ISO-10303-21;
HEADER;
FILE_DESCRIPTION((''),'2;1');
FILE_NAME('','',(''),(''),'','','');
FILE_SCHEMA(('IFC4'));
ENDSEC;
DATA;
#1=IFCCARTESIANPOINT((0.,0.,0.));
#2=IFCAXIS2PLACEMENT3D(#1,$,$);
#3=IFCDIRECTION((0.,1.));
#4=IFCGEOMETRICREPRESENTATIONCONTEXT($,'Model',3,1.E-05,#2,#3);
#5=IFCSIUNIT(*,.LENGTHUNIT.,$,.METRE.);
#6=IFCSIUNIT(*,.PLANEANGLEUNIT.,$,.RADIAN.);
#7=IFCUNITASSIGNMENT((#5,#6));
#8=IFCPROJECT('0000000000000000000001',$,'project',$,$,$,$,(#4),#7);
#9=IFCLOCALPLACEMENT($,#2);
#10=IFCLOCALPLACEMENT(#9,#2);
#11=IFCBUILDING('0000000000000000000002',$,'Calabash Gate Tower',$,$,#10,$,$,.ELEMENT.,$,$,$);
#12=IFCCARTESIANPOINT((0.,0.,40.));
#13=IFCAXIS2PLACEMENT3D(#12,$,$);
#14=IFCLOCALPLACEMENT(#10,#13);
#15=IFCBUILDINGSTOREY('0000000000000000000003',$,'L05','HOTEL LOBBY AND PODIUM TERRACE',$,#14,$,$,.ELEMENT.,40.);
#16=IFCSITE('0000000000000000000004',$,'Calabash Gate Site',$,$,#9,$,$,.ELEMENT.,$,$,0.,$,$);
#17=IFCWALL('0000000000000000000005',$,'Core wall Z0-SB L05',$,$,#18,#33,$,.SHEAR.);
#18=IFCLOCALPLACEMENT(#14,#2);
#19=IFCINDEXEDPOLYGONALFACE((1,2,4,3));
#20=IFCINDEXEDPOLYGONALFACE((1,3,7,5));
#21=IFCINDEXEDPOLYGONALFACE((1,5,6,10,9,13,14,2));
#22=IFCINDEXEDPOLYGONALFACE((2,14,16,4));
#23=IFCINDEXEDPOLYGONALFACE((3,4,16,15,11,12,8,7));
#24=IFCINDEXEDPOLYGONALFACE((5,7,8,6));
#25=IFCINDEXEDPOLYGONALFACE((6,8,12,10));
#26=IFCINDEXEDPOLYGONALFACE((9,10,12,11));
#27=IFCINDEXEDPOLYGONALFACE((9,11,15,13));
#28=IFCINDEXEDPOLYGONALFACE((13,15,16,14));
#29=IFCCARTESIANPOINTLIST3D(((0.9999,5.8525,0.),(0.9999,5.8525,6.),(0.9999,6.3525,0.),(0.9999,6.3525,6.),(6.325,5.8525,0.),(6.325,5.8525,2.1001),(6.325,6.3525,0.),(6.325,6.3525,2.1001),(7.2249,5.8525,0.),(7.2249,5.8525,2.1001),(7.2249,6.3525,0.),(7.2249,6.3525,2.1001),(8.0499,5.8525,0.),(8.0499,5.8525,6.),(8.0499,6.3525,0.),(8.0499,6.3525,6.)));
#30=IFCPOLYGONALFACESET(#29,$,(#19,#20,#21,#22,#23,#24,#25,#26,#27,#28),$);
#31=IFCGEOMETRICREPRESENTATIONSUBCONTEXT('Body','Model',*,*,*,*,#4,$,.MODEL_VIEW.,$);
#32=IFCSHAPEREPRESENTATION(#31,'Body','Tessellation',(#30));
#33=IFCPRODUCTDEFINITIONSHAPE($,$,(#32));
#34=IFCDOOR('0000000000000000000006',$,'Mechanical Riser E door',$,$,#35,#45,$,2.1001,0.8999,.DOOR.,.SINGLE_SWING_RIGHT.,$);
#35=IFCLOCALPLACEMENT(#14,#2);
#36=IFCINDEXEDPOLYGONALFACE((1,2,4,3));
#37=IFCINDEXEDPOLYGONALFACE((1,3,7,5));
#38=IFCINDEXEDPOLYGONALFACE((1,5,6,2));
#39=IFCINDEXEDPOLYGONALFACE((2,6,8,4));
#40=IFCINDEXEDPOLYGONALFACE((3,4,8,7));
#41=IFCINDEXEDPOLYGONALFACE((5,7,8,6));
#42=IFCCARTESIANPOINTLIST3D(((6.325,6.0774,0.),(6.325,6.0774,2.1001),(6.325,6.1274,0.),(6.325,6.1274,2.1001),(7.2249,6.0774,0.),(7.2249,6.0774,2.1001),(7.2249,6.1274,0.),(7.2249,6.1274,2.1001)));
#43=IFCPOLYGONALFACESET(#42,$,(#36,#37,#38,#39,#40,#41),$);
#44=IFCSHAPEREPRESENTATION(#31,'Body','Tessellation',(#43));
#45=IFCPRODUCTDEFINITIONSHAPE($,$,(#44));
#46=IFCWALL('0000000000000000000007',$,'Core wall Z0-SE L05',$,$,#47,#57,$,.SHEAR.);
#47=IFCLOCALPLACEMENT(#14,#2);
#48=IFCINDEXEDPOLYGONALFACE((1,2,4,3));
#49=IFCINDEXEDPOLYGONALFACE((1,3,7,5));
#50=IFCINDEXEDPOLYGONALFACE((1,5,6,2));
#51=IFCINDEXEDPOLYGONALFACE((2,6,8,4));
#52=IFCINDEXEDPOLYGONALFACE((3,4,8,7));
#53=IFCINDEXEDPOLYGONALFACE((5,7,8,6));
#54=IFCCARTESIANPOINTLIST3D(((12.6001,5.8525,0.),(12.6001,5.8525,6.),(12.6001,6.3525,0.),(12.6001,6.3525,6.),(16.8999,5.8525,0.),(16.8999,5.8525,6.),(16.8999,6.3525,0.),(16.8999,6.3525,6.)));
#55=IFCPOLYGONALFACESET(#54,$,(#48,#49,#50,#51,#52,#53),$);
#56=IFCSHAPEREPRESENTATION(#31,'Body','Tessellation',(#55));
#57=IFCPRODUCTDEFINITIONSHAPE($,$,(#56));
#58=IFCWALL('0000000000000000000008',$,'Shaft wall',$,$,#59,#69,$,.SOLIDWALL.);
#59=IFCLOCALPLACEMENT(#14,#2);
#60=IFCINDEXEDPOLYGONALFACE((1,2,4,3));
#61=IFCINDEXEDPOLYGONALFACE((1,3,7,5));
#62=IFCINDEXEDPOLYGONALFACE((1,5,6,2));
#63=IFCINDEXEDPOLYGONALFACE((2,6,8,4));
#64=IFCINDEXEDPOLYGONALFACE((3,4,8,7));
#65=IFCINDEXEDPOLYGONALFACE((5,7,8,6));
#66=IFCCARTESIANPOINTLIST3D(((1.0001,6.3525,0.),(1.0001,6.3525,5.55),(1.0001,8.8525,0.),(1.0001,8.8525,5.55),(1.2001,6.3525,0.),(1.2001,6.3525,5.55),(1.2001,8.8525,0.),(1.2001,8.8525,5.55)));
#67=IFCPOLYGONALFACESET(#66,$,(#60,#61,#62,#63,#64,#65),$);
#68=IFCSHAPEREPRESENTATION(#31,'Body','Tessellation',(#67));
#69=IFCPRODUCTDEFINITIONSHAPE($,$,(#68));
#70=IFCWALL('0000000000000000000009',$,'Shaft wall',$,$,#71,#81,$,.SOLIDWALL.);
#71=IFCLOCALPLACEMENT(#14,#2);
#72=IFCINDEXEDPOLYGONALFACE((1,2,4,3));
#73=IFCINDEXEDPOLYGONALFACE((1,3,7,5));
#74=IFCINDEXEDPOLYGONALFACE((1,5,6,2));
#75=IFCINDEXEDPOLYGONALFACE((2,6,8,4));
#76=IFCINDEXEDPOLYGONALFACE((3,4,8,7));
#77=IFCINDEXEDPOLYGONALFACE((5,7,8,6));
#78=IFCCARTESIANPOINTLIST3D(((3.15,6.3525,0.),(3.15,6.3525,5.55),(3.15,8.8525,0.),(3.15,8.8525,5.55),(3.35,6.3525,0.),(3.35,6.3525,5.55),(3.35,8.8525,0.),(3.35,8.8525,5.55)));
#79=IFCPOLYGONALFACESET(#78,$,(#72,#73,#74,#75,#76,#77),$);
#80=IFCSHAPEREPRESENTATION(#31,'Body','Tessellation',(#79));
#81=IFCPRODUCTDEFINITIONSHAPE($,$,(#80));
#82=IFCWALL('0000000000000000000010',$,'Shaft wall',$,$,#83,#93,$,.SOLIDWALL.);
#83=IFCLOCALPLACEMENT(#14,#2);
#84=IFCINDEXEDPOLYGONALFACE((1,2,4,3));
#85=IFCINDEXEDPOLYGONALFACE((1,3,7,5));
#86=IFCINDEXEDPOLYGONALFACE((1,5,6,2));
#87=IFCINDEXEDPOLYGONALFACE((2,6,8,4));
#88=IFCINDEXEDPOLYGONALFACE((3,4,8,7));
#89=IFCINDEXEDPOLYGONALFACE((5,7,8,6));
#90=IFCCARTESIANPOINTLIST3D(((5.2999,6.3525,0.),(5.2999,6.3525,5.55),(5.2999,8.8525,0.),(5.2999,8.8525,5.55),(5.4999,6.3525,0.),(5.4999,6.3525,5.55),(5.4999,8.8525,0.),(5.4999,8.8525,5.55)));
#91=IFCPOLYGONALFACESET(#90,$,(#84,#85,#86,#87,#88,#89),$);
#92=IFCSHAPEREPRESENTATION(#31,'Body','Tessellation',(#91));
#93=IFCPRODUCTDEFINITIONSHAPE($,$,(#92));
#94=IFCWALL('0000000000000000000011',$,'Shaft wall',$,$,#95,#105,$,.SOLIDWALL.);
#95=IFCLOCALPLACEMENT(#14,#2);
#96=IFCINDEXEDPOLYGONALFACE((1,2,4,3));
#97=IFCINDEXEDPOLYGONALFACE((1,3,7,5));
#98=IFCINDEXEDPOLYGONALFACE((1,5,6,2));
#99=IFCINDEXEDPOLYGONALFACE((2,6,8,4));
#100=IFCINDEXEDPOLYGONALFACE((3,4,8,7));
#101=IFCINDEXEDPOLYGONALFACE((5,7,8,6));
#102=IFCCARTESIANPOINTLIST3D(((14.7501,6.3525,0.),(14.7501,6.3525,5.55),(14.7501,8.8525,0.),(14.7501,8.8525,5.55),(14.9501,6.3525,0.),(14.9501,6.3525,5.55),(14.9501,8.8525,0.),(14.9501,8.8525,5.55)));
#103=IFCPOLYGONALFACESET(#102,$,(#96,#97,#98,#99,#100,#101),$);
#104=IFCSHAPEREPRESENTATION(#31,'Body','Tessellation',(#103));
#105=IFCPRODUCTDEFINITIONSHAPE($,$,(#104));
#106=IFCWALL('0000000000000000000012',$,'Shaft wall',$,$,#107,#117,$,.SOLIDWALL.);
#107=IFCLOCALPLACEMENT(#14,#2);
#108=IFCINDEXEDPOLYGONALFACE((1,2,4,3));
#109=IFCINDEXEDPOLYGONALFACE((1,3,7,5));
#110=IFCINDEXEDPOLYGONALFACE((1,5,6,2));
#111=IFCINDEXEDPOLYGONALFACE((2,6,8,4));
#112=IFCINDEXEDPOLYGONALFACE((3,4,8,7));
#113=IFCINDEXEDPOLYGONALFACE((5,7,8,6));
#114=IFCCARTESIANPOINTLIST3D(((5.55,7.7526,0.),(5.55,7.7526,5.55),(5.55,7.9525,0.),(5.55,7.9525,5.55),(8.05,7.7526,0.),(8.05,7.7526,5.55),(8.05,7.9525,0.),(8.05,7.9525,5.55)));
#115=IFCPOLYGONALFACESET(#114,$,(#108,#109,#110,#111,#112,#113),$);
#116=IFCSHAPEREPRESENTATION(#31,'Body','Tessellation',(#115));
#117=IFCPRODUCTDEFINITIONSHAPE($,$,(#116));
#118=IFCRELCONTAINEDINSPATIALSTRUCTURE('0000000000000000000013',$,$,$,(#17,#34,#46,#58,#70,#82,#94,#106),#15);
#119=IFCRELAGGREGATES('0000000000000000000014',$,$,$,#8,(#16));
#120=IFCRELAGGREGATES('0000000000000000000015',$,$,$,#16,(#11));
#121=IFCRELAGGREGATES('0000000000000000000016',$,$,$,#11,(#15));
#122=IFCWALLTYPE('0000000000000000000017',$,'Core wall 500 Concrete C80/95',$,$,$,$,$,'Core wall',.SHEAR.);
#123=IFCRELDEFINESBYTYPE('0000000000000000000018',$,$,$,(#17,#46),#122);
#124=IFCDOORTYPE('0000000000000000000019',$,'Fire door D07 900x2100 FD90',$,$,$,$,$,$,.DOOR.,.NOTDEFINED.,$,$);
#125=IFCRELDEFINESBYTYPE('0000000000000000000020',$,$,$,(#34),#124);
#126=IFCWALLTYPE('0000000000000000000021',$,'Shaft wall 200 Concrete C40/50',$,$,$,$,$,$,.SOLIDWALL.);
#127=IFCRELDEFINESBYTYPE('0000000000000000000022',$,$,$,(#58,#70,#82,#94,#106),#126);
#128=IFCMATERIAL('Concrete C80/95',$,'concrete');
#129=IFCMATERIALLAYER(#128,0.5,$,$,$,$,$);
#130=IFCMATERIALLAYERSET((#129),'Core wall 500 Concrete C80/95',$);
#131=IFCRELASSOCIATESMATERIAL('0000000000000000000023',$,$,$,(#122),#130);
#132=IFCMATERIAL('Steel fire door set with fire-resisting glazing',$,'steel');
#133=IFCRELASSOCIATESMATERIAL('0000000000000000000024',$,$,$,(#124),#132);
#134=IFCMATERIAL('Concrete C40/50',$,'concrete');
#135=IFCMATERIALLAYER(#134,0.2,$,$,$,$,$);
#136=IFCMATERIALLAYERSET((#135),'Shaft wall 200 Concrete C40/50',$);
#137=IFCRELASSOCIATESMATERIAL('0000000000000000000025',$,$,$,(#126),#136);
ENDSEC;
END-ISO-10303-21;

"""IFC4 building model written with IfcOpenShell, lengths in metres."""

from ifc_helpers import new_model, si_unit, direction, frame, frame_2d, origin, place, context, subcontext, project, spatial, rectangle, extrude, material, layer, layer_set, type_object, element, fill, save


model = new_model("IFC4")

# Units and contexts
model_context = context("Model", 3, precision=1e-05, world=origin(), true_north=direction((0.0, 1.0)))
body_context = subcontext(model_context, "Body", "Model", "MODEL_VIEW")
ifc_project = project(units=[si_unit("LENGTHUNIT", "METRE"), si_unit("PLANEANGLEUNIT", "RADIAN")], contexts=[model_context])

# Site, building, storey
site_placement = place(None, origin())
site = spatial("IfcSite", under=ifc_project, at=site_placement, Name="Calabash Gate Site", CompositionType="ELEMENT", RefElevation=0.0)
building_placement = place(site_placement, origin())
building = spatial("IfcBuilding", under=site, at=building_placement, Name="Calabash Gate Tower", CompositionType="ELEMENT")
storey_placement = place(building_placement, frame((0.0, 0.0, 40.0)))
storey = spatial("IfcBuildingStorey", under=building, at=storey_placement, Name="L05", Description="HOTEL LOBBY AND PODIUM TERRACE", CompositionType="ELEMENT", Elevation=40.0)

# Shared definitions
ifc_material_1 = material(Name="Concrete C80/95", Category="concrete")
ifc_layer_1 = layer(ifc_material_1, 0.5)
ifc_layer_set_1 = layer_set([ifc_layer_1], Name="Core wall 500 Concrete C80/95")
wall_type_1 = type_object("IfcWallType", Name="Core wall 500 Concrete C80/95", ElementType="Core wall", PredefinedType="SHEAR", material=ifc_layer_set_1)

# Wall, opening, door
wall_1_placement = place(storey_placement, frame((1.0, 6.1025, 0.0), z_axis=(0.0, 0.0, 1.0), x_axis=(1.0, 0.0, 0.0)))
wall_1 = element("IfcWall", 1, at=wall_1_placement, inside=storey, type_object=wall_type_1, Name="Core wall Z0-SB L05", PredefinedType="SHEAR", context=body_context, shape_type="SweptSolid", body=[
    extrude(rectangle(XDim=7.05, YDim=0.5, at=frame_2d((3.5249, 0.0))), origin(), (0.0, 0.0, 1.0), 6.0),
])
opening_1_placement = place(wall_1_placement, frame((5.325, 0.0, 0.0)))
opening_1 = element("IfcOpeningElement", 2, at=opening_1_placement, cuts=wall_1, PredefinedType="OPENING", context=body_context, shape_type="SweptSolid", body=[
    extrude(rectangle(XDim=0.8999, YDim=2.1001, at=frame_2d((0.45, 1.05))), frame((0.0, 0.26, 0.0), z_axis=(0.0, -1.0, 0.0), x_axis=(1.0, 0.0, 0.0)), (0.0, 0.0, 1.0), 0.52),
])
ifc_material_2 = material(Name="Steel fire door set with fire-resisting glazing", Category="steel")
door_type_1 = type_object("IfcDoorType", Name="Fire door D07 900x2100 FD90", OperationType="NOTDEFINED", PredefinedType="DOOR", material=ifc_material_2)
door_1_placement = place(opening_1_placement, origin())
door_1 = element("IfcDoor", 3, at=door_1_placement, inside=storey, type_object=door_type_1, Name="Mechanical Riser E door", OperationType="SINGLE_SWING_RIGHT", OverallHeight=2.1001, OverallWidth=0.8999, PredefinedType="DOOR", context=body_context, shape_type="SweptSolid", body=[
    extrude(rectangle(XDim=0.8999, YDim=2.1001, at=frame_2d((0.45, 1.05))), frame((0.0, 0.0249, 0.0), z_axis=(0.0, -1.0, 0.0), x_axis=(1.0, 0.0, 0.0)), (0.0, 0.0, 1.0), 0.05),
])
fill(opening_1, door_1)

# Walls
wall_2_placement = place(storey_placement, frame((12.6001, 6.1025, 0.0), z_axis=(0.0, 0.0, 1.0), x_axis=(1.0, 0.0, 0.0)))
element("IfcWall", 4, at=wall_2_placement, inside=storey, type_object=wall_type_1, Name="Core wall Z0-SE L05", PredefinedType="SHEAR", context=body_context, shape_type="SweptSolid", body=[
    extrude(rectangle(XDim=4.2998, YDim=0.5, at=frame_2d((2.1499, 0.0))), origin(), (0.0, 0.0, 1.0), 6.0),
])
ifc_material_3 = material(Name="Concrete C40/50", Category="concrete")
ifc_layer_2 = layer(ifc_material_3, 0.2)
ifc_layer_set_2 = layer_set([ifc_layer_2], Name="Shaft wall 200 Concrete C40/50")
wall_type_2 = type_object("IfcWallType", Name="Shaft wall 200 Concrete C40/50", PredefinedType="SOLIDWALL", material=ifc_layer_set_2)
for number, where, z_axis, x_axis, name in (
    (5, (1.1001, 6.3525, 0.0), (0.0, 0.0, 1.0), (0.0, 1.0, 0.0), "Shaft wall"),
    (6, (3.25, 6.3525, 0.0), (0.0, 0.0, 1.0), (0.0, 1.0, 0.0), "Shaft wall"),
    (7, (5.3999, 6.3525, 0.0), (0.0, 0.0, 1.0), (0.0, 1.0, 0.0), "Shaft wall"),
    (8, (14.8501, 6.3525, 0.0), (0.0, 0.0, 1.0), (0.0, 1.0, 0.0), "Shaft wall"),
    (9, (5.55, 7.8525, 0.0), (0.0, 0.0, 1.0), (1.0, 0.0, 0.0), "Shaft wall"),
):
    element("IfcWall", number, at=place(storey_placement, frame(where, z_axis=z_axis, x_axis=x_axis)), inside=storey, type_object=wall_type_2, Name=name, PredefinedType="SOLIDWALL", context=body_context, shape_type="SweptSolid", body=[
        extrude(rectangle(XDim=2.5, YDim=0.2, at=frame_2d((1.25, 0.0))), origin(), (0.0, 0.0, 1.0), 5.55),
    ])

save(model, "model.ifc")
